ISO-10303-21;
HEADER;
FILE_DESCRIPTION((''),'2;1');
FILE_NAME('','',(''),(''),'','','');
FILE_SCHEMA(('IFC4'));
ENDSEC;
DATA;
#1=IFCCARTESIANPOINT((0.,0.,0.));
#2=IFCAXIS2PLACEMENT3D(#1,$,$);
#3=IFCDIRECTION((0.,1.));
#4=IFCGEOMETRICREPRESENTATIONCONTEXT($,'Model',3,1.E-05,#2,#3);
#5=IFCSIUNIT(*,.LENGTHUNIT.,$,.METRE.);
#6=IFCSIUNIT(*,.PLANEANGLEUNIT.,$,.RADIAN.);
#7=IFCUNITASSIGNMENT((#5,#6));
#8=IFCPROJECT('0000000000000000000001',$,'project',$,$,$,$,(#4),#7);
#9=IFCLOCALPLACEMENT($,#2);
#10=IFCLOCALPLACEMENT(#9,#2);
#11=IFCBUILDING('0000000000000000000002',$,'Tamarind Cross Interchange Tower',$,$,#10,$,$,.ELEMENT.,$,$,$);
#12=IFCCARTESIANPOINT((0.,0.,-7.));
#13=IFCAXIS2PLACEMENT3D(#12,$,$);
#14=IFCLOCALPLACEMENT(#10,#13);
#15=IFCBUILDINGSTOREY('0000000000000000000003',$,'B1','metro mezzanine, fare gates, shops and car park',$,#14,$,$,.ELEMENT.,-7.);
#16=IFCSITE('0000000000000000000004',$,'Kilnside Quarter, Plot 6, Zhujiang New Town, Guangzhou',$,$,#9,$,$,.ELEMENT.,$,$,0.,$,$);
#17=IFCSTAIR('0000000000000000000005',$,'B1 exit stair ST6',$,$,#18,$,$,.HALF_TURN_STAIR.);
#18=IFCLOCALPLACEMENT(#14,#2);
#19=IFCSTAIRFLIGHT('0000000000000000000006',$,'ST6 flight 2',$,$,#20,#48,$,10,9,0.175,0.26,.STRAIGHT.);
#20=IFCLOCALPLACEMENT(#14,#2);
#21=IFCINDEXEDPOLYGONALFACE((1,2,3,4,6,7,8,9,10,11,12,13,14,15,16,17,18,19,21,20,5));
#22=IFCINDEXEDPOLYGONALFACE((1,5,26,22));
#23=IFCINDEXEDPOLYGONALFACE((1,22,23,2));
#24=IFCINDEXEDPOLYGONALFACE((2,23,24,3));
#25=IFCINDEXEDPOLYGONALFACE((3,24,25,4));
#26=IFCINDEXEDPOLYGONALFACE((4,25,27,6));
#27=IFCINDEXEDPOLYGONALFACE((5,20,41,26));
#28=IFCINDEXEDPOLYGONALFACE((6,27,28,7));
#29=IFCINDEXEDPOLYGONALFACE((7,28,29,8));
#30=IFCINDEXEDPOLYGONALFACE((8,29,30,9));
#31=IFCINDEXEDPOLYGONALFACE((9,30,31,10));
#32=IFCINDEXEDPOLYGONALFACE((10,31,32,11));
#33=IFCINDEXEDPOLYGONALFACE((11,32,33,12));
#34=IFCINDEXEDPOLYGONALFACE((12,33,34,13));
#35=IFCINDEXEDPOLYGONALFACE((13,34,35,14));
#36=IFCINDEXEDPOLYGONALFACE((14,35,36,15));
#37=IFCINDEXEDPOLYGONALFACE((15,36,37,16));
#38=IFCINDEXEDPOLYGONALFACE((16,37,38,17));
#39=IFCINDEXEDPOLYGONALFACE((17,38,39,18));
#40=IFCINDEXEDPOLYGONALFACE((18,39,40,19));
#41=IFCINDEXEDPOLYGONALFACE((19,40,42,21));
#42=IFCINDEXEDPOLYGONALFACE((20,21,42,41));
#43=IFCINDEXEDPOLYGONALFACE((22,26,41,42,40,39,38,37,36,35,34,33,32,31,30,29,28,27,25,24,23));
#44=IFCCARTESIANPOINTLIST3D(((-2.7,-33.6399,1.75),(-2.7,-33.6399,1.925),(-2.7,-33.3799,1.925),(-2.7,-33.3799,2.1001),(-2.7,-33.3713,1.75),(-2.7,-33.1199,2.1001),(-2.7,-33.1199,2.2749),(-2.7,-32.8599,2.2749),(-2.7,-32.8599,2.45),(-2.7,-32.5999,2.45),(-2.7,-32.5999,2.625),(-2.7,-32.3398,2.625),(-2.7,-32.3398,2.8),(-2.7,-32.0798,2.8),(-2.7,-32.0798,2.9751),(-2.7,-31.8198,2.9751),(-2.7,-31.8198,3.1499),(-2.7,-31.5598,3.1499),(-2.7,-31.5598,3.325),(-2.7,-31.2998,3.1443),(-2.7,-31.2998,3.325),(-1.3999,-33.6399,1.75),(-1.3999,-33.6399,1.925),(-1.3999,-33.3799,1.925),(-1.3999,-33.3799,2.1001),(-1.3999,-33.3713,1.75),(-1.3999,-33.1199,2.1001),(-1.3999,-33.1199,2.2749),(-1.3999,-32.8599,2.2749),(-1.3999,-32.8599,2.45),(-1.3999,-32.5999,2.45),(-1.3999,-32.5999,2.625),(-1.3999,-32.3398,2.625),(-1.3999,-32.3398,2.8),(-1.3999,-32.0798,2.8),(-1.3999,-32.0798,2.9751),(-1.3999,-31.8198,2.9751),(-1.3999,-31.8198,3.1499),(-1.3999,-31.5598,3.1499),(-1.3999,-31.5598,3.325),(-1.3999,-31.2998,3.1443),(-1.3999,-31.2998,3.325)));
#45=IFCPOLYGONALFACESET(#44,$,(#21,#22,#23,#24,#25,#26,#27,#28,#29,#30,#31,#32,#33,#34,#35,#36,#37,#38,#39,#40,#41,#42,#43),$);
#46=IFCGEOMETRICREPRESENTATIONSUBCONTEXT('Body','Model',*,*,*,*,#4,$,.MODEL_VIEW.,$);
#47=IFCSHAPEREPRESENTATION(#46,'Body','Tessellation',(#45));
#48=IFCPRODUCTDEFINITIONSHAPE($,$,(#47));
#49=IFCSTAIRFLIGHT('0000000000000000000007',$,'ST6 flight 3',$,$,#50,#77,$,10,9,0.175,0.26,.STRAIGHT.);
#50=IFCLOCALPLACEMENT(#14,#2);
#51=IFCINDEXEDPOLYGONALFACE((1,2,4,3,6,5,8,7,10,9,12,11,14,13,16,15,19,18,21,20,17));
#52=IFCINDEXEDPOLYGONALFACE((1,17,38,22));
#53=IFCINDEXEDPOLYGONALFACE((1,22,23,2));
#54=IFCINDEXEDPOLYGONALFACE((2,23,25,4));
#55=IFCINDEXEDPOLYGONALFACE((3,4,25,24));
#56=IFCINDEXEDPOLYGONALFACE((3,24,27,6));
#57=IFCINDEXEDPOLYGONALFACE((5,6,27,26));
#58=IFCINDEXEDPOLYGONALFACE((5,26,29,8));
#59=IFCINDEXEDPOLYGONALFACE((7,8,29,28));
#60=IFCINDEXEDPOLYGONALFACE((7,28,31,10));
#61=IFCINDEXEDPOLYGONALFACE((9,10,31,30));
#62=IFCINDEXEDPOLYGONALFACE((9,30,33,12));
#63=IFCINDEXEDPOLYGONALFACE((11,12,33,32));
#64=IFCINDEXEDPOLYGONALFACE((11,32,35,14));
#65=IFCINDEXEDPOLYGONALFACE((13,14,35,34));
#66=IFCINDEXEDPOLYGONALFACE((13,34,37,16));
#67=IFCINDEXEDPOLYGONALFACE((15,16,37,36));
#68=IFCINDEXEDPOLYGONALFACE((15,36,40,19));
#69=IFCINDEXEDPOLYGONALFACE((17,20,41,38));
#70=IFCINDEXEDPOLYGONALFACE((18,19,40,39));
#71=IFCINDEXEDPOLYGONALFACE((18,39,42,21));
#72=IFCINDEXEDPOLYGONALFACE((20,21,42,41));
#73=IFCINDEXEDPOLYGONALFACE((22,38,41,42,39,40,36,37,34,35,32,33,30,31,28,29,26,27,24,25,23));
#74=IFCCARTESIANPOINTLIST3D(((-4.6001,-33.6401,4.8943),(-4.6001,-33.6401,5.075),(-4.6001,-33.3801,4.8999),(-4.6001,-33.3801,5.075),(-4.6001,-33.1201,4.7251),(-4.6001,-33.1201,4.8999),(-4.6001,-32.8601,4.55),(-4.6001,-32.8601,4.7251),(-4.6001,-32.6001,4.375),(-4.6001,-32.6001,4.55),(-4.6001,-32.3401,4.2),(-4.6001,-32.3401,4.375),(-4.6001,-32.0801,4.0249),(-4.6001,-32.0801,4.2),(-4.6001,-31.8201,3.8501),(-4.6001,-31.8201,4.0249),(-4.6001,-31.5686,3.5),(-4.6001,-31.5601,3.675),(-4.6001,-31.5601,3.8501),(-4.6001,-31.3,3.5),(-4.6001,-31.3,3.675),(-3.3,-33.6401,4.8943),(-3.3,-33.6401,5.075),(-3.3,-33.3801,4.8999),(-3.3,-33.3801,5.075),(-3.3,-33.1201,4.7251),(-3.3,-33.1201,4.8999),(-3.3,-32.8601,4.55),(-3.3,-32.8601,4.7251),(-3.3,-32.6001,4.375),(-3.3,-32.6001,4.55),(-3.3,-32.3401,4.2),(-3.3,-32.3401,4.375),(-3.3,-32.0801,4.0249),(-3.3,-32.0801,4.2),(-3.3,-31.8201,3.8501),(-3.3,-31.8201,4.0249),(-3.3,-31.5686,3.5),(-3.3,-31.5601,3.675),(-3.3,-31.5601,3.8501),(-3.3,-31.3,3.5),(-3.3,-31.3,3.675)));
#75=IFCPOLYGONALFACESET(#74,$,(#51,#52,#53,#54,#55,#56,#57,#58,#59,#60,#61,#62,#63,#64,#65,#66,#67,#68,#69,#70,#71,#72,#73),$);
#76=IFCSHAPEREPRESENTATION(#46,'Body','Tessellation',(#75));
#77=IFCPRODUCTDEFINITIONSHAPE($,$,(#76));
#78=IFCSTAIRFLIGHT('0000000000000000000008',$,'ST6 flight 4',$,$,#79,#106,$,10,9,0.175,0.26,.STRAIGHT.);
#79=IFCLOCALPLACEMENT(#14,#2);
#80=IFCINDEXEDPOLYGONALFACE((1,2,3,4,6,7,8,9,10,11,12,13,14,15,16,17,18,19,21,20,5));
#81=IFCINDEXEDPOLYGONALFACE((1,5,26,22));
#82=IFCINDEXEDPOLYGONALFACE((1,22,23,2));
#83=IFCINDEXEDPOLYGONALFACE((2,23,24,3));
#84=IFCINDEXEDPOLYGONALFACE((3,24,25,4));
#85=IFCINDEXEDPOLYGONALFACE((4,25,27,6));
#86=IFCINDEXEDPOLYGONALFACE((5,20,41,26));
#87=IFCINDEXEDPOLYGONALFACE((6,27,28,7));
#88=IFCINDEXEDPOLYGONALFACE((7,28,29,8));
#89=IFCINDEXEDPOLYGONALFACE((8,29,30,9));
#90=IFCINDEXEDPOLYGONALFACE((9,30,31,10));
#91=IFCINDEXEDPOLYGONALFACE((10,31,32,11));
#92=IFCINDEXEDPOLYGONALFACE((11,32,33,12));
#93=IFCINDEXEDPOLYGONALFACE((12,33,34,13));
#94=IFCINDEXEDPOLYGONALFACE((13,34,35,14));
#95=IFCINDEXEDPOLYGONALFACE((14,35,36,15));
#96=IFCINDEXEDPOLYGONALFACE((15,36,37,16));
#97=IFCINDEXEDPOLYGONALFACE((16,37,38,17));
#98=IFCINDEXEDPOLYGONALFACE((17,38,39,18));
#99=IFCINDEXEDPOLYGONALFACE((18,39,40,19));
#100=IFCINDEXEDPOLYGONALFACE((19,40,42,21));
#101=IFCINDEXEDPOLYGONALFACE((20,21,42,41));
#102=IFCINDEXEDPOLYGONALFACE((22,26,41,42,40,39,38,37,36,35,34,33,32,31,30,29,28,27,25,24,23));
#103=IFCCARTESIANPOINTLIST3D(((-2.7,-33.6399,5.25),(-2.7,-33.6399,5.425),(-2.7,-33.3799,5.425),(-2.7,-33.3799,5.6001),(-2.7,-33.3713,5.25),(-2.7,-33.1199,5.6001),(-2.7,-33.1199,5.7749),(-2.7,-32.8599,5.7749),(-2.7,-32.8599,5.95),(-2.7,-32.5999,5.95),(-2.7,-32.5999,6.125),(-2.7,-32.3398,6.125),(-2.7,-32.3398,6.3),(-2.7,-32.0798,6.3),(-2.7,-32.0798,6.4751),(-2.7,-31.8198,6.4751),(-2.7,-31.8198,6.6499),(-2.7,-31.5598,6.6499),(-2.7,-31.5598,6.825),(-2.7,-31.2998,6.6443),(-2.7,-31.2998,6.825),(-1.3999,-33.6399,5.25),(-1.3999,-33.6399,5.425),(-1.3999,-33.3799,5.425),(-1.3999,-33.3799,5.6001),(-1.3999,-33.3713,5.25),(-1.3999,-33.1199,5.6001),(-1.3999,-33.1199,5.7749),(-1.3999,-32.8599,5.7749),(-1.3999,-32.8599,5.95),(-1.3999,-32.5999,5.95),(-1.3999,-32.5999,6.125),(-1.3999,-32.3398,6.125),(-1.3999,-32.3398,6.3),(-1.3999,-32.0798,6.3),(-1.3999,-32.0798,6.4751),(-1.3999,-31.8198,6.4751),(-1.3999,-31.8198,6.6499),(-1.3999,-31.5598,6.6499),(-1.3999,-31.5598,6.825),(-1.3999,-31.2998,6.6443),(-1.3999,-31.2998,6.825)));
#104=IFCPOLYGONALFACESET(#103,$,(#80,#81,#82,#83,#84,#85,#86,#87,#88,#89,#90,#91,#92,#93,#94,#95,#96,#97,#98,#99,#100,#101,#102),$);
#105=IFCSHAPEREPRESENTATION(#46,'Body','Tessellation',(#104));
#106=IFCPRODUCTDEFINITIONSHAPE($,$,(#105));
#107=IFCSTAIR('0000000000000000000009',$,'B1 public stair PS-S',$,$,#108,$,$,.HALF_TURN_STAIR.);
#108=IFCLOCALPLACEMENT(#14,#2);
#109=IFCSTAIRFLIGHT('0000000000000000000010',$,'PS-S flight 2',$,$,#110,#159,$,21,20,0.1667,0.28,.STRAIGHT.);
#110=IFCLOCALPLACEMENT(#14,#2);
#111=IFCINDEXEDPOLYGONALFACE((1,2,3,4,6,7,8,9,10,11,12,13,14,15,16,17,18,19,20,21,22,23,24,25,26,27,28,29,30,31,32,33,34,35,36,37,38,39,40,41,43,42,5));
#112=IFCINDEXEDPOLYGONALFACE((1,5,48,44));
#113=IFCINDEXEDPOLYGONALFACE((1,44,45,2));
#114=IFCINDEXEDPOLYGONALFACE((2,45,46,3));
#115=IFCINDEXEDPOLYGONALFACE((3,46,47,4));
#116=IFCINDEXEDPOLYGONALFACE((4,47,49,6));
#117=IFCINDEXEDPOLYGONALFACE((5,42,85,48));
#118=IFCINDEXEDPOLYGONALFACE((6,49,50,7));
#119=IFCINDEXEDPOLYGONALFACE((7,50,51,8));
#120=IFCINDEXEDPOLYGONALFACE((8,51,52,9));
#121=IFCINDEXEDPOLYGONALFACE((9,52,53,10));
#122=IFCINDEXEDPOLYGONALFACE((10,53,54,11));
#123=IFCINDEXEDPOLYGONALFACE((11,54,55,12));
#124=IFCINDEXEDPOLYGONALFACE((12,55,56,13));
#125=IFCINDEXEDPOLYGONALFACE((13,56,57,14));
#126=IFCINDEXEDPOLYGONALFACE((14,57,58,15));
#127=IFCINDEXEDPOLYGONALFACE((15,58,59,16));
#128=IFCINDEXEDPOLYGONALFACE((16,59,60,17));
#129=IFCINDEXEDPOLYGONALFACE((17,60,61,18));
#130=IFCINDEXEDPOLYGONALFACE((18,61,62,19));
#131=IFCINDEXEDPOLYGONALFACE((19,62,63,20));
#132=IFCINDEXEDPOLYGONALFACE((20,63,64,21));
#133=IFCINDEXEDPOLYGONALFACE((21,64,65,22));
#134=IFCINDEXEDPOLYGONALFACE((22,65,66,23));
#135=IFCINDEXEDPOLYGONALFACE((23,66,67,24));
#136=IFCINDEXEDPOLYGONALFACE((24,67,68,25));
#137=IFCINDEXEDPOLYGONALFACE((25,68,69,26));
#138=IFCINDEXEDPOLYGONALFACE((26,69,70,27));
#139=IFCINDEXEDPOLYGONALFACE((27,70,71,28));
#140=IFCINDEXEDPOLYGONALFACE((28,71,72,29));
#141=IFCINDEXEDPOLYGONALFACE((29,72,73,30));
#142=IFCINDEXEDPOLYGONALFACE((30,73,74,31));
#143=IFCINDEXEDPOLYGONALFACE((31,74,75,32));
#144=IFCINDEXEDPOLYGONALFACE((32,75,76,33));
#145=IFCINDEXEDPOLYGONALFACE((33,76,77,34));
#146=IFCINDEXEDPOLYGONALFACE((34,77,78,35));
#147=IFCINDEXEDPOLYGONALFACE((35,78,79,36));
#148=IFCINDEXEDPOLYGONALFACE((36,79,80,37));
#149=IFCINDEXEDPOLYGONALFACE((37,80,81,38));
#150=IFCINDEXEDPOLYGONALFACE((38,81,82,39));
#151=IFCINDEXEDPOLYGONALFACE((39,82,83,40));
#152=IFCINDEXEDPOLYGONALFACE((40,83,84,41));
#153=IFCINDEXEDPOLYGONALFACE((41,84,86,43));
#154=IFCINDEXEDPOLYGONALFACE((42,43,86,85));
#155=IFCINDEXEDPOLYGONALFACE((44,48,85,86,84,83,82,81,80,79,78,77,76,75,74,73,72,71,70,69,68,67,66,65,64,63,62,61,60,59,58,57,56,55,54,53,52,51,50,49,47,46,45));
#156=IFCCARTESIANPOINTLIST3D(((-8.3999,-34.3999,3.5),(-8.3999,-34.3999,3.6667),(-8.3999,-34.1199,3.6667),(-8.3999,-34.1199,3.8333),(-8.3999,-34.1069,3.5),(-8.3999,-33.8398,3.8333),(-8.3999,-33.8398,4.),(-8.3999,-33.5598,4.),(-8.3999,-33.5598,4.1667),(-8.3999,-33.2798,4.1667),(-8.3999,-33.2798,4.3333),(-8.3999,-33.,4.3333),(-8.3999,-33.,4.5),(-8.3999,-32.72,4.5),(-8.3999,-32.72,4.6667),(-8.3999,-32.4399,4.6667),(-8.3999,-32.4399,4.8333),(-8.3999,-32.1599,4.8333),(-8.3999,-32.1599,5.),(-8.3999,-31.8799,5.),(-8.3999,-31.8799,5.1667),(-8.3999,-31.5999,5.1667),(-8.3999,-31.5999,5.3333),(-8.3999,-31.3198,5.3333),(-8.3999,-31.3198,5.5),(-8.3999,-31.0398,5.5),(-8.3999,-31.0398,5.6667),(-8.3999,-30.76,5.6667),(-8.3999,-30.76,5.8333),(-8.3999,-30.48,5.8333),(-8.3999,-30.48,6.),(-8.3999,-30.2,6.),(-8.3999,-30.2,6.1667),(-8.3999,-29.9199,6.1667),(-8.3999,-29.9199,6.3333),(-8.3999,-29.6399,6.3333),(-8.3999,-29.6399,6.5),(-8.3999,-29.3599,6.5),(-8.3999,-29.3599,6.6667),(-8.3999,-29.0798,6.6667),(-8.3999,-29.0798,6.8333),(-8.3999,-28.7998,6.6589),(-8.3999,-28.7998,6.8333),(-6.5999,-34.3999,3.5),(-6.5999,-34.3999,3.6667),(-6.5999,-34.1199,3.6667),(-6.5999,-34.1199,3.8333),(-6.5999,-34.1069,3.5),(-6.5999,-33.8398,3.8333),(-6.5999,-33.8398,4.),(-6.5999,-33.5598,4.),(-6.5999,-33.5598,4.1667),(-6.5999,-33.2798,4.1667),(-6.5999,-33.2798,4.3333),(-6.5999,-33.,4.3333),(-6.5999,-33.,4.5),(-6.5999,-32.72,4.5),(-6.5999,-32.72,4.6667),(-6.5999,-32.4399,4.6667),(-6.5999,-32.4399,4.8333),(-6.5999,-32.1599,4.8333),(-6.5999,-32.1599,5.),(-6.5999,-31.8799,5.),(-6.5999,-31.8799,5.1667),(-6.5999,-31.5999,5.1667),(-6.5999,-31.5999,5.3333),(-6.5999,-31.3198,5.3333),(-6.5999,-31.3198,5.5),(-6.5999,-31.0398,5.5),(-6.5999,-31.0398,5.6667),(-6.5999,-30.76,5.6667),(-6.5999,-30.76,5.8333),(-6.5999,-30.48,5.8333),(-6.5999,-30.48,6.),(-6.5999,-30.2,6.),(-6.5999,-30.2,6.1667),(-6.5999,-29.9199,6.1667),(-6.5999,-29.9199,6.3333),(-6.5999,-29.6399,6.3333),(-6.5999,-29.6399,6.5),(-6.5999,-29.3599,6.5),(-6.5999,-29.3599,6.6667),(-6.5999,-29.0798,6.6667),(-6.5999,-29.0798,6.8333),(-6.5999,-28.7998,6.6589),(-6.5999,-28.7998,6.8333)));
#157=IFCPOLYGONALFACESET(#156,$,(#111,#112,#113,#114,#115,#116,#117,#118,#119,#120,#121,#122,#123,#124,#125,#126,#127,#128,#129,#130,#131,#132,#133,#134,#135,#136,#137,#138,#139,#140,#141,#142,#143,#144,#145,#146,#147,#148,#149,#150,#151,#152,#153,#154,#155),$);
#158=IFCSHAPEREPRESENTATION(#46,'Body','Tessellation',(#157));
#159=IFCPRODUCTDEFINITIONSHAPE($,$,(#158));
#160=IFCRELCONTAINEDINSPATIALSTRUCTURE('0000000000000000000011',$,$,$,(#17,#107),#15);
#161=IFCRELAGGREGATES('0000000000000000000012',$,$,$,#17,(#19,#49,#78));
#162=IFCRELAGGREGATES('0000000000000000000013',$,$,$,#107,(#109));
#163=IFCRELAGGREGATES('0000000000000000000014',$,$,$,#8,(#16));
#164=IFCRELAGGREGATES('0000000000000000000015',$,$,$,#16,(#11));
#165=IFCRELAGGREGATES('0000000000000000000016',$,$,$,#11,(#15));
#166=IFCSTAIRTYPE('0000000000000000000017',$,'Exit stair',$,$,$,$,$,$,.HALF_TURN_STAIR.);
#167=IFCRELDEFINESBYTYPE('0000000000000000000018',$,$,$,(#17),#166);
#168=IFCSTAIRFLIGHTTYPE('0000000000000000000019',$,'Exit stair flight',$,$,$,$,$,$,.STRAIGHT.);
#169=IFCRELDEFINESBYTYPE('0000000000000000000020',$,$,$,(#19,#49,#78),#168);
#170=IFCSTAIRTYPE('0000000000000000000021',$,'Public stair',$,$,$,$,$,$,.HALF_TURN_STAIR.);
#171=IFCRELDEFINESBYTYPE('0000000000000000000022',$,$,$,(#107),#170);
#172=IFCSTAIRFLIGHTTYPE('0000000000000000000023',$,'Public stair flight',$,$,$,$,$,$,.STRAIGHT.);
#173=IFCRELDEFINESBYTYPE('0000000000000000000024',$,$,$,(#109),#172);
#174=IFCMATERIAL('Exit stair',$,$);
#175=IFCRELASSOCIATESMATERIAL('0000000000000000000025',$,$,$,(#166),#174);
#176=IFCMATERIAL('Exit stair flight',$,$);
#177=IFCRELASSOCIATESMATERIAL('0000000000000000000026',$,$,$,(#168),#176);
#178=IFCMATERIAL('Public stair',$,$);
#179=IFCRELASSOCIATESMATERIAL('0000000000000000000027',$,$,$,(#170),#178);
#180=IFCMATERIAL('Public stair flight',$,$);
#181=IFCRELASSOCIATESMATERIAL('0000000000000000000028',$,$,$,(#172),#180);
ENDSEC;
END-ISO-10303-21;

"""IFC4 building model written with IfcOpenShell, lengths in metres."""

from ifc_helpers import new_model, si_unit, direction, frame, origin, place, context, subcontext, project, spatial, polyline, outline, extrude, material, type_object, element, aggregate, save


model = new_model("IFC4")

# Units and contexts
model_context = context("Model", 3, precision=1e-05, world=origin(), true_north=direction((0.0, 1.0)))
body_context = subcontext(model_context, "Body", "Model", "MODEL_VIEW")
ifc_project = project(units=[si_unit("LENGTHUNIT", "METRE"), si_unit("PLANEANGLEUNIT", "RADIAN")], contexts=[model_context])

# Site, building, storey
site_placement = place(None, origin())
site = spatial("IfcSite", under=ifc_project, at=site_placement, Name="Kilnside Quarter, Plot 6, Zhujiang New Town, Guangzhou", CompositionType="ELEMENT", RefElevation=0.0)
building_placement = place(site_placement, origin())
building = spatial("IfcBuilding", under=site, at=building_placement, Name="Tamarind Cross Interchange Tower", CompositionType="ELEMENT")
storey_placement = place(building_placement, frame((0.0, 0.0, -7.0)))
storey = spatial("IfcBuildingStorey", under=building, at=storey_placement, Name="B1", Description="metro mezzanine, fare gates, shops and car park", CompositionType="ELEMENT", Elevation=-7.0)

# Stair, stair flights
ifc_material_1 = material(Name="Exit stair")
stair_type_1 = type_object("IfcStairType", Name="Exit stair", PredefinedType="HALF_TURN_STAIR", material=ifc_material_1)
stair_1_placement = place(storey_placement, origin())
stair_1 = element("IfcStair", 1, at=stair_1_placement, inside=storey, type_object=stair_type_1, Name="B1 exit stair ST6", PredefinedType="HALF_TURN_STAIR")
ifc_material_2 = material(Name="Exit stair flight")
stair_flight_type_1 = type_object("IfcStairFlightType", Name="Exit stair flight", PredefinedType="STRAIGHT", material=ifc_material_2)
stair_flight_1_placement = place(storey_placement, frame((-2.05, -33.6399, 1.75), z_axis=(0.0, 0.0, 1.0), x_axis=(0.0, 1.0, 0.0)))
stair_flight_1 = element("IfcStairFlight", 2, at=stair_flight_1_placement, type_object=stair_flight_type_1, Name="ST6 flight 2", NumberOfRisers=10, NumberOfTreads=9, PredefinedType="STRAIGHT", RiserHeight=0.175, TreadLength=0.26, context=body_context, shape_type="SweptSolid", body=[
    extrude(outline(polyline([(0.0, 0.0), (0.0, 0.175), (0.26, 0.175), (0.26, 0.3501), (0.52, 0.3501), (0.52, 0.5249), (0.78, 0.5249), (0.78, 0.7), (1.04, 0.7), (1.04, 0.875), (1.3, 0.875), (1.3, 1.05), (1.5601, 1.05), (1.5601, 1.2251), (1.8201, 1.2251), (1.8201, 1.3999), (2.0801, 1.3999), (2.0801, 1.575), (2.3401, 1.575), (2.3401, 1.75), (2.3401, 1.3943), (0.2686, 0.0), (0.0, 0.0)])), frame((0.0, 0.6499, 0.0), z_axis=(0.0, -1.0, 0.0), x_axis=(1.0, 0.0, 0.0)), (0.0, 0.0, 1.0), 1.3),
])
stair_flight_2_placement = place(storey_placement, frame((-3.95, -31.3, 3.5), z_axis=(0.0, 0.0, 1.0), x_axis=(0.0, -1.0, 0.0)))
stair_flight_2 = element("IfcStairFlight", 3, at=stair_flight_2_placement, type_object=stair_flight_type_1, Name="ST6 flight 3", NumberOfRisers=10, NumberOfTreads=9, PredefinedType="STRAIGHT", RiserHeight=0.175, TreadLength=0.26, context=body_context, shape_type="SweptSolid", body=[
    extrude(outline(polyline([(0.0, 0.0), (0.0, 0.175), (0.26, 0.175), (0.26, 0.3501), (0.52, 0.3501), (0.52, 0.5249), (0.78, 0.5249), (0.78, 0.7), (1.04, 0.7), (1.04, 0.875), (1.3, 0.875), (1.3, 1.05), (1.5601, 1.05), (1.5601, 1.2251), (1.8201, 1.2251), (1.8201, 1.3999), (2.0801, 1.3999), (2.0801, 1.575), (2.3401, 1.575), (2.3401, 1.75), (2.3401, 1.3943), (0.2686, 0.0), (0.0, 0.0)])), frame((0.0, 0.6499, 0.0), z_axis=(0.0, -1.0, 0.0), x_axis=(1.0, 0.0, 0.0)), (0.0, 0.0, 1.0), 1.3),
])
stair_flight_3_placement = place(storey_placement, frame((-2.05, -33.6399, 5.25), z_axis=(0.0, 0.0, 1.0), x_axis=(0.0, 1.0, 0.0)))
stair_flight_3 = element("IfcStairFlight", 4, at=stair_flight_3_placement, type_object=stair_flight_type_1, Name="ST6 flight 4", NumberOfRisers=10, NumberOfTreads=9, PredefinedType="STRAIGHT", RiserHeight=0.175, TreadLength=0.26, context=body_context, shape_type="SweptSolid", body=[
    extrude(outline(polyline([(0.0, 0.0), (0.0, 0.175), (0.26, 0.175), (0.26, 0.3501), (0.52, 0.3501), (0.52, 0.5249), (0.78, 0.5249), (0.78, 0.7), (1.04, 0.7), (1.04, 0.875), (1.3, 0.875), (1.3, 1.05), (1.5601, 1.05), (1.5601, 1.2251), (1.8201, 1.2251), (1.8201, 1.3999), (2.0801, 1.3999), (2.0801, 1.575), (2.3401, 1.575), (2.3401, 1.75), (2.3401, 1.3943), (0.2686, 0.0), (0.0, 0.0)])), frame((0.0, 0.6499, 0.0), z_axis=(0.0, -1.0, 0.0), x_axis=(1.0, 0.0, 0.0)), (0.0, 0.0, 1.0), 1.3),
])
aggregate(stair_1, [stair_flight_1, stair_flight_2, stair_flight_3])

# Stair, stair flight
ifc_material_3 = material(Name="Public stair")
stair_type_2 = type_object("IfcStairType", Name="Public stair", PredefinedType="HALF_TURN_STAIR", material=ifc_material_3)
stair_2_placement = place(storey_placement, origin())
stair_2 = element("IfcStair", 5, at=stair_2_placement, inside=storey, type_object=stair_type_2, Name="B1 public stair PS-S", PredefinedType="HALF_TURN_STAIR")
ifc_material_4 = material(Name="Public stair flight")
stair_flight_type_2 = type_object("IfcStairFlightType", Name="Public stair flight", PredefinedType="STRAIGHT", material=ifc_material_4)
stair_flight_4_placement = place(storey_placement, frame((-7.5, -34.3999, 3.5), z_axis=(0.0, 0.0, 1.0), x_axis=(0.0, 1.0, 0.0)))
stair_flight_4 = element("IfcStairFlight", 6, at=stair_flight_4_placement, type_object=stair_flight_type_2, Name="PS-S flight 2", NumberOfRisers=21, NumberOfTreads=20, PredefinedType="STRAIGHT", RiserHeight=0.1667, TreadLength=0.28, context=body_context, shape_type="SweptSolid", body=[
    extrude(outline(polyline([(0.0, 0.0), (0.0, 0.1667), (0.28, 0.1667), (0.28, 0.3333), (0.5601, 0.3333), (0.5601, 0.5), (0.8401, 0.5), (0.8401, 0.6667), (1.1201, 0.6667), (1.1201, 0.8333), (1.3999, 0.8333), (1.3999, 1.0), (1.6799, 1.0), (1.6799, 1.1667), (1.96, 1.1667), (1.96, 1.3333), (2.24, 1.3333), (2.24, 1.5), (2.52, 1.5), (2.52, 1.6667), (2.8, 1.6667), (2.8, 1.8333), (3.0801, 1.8333), (3.0801, 2.0), (3.3601, 2.0), (3.3601, 2.1667), (3.6399, 2.1667), (3.6399, 2.3333), (3.9199, 2.3333), (3.9199, 2.5), (4.2, 2.5), (4.2, 2.6667), (4.48, 2.6667), (4.48, 2.8333), (4.76, 2.8333), (4.76, 3.0), (5.04, 3.0), (5.04, 3.1667), (5.3201, 3.1667), (5.3201, 3.3333), (5.6001, 3.3333), (5.6001, 3.5), (5.6001, 3.1589), (0.293, 0.0), (0.0, 0.0)])), frame((0.0, 0.8999, 0.0), z_axis=(0.0, -1.0, 0.0), x_axis=(1.0, 0.0, 0.0)), (0.0, 0.0, 1.0), 1.8),
])
aggregate(stair_2, [stair_flight_4])

save(model, "model.ifc")
